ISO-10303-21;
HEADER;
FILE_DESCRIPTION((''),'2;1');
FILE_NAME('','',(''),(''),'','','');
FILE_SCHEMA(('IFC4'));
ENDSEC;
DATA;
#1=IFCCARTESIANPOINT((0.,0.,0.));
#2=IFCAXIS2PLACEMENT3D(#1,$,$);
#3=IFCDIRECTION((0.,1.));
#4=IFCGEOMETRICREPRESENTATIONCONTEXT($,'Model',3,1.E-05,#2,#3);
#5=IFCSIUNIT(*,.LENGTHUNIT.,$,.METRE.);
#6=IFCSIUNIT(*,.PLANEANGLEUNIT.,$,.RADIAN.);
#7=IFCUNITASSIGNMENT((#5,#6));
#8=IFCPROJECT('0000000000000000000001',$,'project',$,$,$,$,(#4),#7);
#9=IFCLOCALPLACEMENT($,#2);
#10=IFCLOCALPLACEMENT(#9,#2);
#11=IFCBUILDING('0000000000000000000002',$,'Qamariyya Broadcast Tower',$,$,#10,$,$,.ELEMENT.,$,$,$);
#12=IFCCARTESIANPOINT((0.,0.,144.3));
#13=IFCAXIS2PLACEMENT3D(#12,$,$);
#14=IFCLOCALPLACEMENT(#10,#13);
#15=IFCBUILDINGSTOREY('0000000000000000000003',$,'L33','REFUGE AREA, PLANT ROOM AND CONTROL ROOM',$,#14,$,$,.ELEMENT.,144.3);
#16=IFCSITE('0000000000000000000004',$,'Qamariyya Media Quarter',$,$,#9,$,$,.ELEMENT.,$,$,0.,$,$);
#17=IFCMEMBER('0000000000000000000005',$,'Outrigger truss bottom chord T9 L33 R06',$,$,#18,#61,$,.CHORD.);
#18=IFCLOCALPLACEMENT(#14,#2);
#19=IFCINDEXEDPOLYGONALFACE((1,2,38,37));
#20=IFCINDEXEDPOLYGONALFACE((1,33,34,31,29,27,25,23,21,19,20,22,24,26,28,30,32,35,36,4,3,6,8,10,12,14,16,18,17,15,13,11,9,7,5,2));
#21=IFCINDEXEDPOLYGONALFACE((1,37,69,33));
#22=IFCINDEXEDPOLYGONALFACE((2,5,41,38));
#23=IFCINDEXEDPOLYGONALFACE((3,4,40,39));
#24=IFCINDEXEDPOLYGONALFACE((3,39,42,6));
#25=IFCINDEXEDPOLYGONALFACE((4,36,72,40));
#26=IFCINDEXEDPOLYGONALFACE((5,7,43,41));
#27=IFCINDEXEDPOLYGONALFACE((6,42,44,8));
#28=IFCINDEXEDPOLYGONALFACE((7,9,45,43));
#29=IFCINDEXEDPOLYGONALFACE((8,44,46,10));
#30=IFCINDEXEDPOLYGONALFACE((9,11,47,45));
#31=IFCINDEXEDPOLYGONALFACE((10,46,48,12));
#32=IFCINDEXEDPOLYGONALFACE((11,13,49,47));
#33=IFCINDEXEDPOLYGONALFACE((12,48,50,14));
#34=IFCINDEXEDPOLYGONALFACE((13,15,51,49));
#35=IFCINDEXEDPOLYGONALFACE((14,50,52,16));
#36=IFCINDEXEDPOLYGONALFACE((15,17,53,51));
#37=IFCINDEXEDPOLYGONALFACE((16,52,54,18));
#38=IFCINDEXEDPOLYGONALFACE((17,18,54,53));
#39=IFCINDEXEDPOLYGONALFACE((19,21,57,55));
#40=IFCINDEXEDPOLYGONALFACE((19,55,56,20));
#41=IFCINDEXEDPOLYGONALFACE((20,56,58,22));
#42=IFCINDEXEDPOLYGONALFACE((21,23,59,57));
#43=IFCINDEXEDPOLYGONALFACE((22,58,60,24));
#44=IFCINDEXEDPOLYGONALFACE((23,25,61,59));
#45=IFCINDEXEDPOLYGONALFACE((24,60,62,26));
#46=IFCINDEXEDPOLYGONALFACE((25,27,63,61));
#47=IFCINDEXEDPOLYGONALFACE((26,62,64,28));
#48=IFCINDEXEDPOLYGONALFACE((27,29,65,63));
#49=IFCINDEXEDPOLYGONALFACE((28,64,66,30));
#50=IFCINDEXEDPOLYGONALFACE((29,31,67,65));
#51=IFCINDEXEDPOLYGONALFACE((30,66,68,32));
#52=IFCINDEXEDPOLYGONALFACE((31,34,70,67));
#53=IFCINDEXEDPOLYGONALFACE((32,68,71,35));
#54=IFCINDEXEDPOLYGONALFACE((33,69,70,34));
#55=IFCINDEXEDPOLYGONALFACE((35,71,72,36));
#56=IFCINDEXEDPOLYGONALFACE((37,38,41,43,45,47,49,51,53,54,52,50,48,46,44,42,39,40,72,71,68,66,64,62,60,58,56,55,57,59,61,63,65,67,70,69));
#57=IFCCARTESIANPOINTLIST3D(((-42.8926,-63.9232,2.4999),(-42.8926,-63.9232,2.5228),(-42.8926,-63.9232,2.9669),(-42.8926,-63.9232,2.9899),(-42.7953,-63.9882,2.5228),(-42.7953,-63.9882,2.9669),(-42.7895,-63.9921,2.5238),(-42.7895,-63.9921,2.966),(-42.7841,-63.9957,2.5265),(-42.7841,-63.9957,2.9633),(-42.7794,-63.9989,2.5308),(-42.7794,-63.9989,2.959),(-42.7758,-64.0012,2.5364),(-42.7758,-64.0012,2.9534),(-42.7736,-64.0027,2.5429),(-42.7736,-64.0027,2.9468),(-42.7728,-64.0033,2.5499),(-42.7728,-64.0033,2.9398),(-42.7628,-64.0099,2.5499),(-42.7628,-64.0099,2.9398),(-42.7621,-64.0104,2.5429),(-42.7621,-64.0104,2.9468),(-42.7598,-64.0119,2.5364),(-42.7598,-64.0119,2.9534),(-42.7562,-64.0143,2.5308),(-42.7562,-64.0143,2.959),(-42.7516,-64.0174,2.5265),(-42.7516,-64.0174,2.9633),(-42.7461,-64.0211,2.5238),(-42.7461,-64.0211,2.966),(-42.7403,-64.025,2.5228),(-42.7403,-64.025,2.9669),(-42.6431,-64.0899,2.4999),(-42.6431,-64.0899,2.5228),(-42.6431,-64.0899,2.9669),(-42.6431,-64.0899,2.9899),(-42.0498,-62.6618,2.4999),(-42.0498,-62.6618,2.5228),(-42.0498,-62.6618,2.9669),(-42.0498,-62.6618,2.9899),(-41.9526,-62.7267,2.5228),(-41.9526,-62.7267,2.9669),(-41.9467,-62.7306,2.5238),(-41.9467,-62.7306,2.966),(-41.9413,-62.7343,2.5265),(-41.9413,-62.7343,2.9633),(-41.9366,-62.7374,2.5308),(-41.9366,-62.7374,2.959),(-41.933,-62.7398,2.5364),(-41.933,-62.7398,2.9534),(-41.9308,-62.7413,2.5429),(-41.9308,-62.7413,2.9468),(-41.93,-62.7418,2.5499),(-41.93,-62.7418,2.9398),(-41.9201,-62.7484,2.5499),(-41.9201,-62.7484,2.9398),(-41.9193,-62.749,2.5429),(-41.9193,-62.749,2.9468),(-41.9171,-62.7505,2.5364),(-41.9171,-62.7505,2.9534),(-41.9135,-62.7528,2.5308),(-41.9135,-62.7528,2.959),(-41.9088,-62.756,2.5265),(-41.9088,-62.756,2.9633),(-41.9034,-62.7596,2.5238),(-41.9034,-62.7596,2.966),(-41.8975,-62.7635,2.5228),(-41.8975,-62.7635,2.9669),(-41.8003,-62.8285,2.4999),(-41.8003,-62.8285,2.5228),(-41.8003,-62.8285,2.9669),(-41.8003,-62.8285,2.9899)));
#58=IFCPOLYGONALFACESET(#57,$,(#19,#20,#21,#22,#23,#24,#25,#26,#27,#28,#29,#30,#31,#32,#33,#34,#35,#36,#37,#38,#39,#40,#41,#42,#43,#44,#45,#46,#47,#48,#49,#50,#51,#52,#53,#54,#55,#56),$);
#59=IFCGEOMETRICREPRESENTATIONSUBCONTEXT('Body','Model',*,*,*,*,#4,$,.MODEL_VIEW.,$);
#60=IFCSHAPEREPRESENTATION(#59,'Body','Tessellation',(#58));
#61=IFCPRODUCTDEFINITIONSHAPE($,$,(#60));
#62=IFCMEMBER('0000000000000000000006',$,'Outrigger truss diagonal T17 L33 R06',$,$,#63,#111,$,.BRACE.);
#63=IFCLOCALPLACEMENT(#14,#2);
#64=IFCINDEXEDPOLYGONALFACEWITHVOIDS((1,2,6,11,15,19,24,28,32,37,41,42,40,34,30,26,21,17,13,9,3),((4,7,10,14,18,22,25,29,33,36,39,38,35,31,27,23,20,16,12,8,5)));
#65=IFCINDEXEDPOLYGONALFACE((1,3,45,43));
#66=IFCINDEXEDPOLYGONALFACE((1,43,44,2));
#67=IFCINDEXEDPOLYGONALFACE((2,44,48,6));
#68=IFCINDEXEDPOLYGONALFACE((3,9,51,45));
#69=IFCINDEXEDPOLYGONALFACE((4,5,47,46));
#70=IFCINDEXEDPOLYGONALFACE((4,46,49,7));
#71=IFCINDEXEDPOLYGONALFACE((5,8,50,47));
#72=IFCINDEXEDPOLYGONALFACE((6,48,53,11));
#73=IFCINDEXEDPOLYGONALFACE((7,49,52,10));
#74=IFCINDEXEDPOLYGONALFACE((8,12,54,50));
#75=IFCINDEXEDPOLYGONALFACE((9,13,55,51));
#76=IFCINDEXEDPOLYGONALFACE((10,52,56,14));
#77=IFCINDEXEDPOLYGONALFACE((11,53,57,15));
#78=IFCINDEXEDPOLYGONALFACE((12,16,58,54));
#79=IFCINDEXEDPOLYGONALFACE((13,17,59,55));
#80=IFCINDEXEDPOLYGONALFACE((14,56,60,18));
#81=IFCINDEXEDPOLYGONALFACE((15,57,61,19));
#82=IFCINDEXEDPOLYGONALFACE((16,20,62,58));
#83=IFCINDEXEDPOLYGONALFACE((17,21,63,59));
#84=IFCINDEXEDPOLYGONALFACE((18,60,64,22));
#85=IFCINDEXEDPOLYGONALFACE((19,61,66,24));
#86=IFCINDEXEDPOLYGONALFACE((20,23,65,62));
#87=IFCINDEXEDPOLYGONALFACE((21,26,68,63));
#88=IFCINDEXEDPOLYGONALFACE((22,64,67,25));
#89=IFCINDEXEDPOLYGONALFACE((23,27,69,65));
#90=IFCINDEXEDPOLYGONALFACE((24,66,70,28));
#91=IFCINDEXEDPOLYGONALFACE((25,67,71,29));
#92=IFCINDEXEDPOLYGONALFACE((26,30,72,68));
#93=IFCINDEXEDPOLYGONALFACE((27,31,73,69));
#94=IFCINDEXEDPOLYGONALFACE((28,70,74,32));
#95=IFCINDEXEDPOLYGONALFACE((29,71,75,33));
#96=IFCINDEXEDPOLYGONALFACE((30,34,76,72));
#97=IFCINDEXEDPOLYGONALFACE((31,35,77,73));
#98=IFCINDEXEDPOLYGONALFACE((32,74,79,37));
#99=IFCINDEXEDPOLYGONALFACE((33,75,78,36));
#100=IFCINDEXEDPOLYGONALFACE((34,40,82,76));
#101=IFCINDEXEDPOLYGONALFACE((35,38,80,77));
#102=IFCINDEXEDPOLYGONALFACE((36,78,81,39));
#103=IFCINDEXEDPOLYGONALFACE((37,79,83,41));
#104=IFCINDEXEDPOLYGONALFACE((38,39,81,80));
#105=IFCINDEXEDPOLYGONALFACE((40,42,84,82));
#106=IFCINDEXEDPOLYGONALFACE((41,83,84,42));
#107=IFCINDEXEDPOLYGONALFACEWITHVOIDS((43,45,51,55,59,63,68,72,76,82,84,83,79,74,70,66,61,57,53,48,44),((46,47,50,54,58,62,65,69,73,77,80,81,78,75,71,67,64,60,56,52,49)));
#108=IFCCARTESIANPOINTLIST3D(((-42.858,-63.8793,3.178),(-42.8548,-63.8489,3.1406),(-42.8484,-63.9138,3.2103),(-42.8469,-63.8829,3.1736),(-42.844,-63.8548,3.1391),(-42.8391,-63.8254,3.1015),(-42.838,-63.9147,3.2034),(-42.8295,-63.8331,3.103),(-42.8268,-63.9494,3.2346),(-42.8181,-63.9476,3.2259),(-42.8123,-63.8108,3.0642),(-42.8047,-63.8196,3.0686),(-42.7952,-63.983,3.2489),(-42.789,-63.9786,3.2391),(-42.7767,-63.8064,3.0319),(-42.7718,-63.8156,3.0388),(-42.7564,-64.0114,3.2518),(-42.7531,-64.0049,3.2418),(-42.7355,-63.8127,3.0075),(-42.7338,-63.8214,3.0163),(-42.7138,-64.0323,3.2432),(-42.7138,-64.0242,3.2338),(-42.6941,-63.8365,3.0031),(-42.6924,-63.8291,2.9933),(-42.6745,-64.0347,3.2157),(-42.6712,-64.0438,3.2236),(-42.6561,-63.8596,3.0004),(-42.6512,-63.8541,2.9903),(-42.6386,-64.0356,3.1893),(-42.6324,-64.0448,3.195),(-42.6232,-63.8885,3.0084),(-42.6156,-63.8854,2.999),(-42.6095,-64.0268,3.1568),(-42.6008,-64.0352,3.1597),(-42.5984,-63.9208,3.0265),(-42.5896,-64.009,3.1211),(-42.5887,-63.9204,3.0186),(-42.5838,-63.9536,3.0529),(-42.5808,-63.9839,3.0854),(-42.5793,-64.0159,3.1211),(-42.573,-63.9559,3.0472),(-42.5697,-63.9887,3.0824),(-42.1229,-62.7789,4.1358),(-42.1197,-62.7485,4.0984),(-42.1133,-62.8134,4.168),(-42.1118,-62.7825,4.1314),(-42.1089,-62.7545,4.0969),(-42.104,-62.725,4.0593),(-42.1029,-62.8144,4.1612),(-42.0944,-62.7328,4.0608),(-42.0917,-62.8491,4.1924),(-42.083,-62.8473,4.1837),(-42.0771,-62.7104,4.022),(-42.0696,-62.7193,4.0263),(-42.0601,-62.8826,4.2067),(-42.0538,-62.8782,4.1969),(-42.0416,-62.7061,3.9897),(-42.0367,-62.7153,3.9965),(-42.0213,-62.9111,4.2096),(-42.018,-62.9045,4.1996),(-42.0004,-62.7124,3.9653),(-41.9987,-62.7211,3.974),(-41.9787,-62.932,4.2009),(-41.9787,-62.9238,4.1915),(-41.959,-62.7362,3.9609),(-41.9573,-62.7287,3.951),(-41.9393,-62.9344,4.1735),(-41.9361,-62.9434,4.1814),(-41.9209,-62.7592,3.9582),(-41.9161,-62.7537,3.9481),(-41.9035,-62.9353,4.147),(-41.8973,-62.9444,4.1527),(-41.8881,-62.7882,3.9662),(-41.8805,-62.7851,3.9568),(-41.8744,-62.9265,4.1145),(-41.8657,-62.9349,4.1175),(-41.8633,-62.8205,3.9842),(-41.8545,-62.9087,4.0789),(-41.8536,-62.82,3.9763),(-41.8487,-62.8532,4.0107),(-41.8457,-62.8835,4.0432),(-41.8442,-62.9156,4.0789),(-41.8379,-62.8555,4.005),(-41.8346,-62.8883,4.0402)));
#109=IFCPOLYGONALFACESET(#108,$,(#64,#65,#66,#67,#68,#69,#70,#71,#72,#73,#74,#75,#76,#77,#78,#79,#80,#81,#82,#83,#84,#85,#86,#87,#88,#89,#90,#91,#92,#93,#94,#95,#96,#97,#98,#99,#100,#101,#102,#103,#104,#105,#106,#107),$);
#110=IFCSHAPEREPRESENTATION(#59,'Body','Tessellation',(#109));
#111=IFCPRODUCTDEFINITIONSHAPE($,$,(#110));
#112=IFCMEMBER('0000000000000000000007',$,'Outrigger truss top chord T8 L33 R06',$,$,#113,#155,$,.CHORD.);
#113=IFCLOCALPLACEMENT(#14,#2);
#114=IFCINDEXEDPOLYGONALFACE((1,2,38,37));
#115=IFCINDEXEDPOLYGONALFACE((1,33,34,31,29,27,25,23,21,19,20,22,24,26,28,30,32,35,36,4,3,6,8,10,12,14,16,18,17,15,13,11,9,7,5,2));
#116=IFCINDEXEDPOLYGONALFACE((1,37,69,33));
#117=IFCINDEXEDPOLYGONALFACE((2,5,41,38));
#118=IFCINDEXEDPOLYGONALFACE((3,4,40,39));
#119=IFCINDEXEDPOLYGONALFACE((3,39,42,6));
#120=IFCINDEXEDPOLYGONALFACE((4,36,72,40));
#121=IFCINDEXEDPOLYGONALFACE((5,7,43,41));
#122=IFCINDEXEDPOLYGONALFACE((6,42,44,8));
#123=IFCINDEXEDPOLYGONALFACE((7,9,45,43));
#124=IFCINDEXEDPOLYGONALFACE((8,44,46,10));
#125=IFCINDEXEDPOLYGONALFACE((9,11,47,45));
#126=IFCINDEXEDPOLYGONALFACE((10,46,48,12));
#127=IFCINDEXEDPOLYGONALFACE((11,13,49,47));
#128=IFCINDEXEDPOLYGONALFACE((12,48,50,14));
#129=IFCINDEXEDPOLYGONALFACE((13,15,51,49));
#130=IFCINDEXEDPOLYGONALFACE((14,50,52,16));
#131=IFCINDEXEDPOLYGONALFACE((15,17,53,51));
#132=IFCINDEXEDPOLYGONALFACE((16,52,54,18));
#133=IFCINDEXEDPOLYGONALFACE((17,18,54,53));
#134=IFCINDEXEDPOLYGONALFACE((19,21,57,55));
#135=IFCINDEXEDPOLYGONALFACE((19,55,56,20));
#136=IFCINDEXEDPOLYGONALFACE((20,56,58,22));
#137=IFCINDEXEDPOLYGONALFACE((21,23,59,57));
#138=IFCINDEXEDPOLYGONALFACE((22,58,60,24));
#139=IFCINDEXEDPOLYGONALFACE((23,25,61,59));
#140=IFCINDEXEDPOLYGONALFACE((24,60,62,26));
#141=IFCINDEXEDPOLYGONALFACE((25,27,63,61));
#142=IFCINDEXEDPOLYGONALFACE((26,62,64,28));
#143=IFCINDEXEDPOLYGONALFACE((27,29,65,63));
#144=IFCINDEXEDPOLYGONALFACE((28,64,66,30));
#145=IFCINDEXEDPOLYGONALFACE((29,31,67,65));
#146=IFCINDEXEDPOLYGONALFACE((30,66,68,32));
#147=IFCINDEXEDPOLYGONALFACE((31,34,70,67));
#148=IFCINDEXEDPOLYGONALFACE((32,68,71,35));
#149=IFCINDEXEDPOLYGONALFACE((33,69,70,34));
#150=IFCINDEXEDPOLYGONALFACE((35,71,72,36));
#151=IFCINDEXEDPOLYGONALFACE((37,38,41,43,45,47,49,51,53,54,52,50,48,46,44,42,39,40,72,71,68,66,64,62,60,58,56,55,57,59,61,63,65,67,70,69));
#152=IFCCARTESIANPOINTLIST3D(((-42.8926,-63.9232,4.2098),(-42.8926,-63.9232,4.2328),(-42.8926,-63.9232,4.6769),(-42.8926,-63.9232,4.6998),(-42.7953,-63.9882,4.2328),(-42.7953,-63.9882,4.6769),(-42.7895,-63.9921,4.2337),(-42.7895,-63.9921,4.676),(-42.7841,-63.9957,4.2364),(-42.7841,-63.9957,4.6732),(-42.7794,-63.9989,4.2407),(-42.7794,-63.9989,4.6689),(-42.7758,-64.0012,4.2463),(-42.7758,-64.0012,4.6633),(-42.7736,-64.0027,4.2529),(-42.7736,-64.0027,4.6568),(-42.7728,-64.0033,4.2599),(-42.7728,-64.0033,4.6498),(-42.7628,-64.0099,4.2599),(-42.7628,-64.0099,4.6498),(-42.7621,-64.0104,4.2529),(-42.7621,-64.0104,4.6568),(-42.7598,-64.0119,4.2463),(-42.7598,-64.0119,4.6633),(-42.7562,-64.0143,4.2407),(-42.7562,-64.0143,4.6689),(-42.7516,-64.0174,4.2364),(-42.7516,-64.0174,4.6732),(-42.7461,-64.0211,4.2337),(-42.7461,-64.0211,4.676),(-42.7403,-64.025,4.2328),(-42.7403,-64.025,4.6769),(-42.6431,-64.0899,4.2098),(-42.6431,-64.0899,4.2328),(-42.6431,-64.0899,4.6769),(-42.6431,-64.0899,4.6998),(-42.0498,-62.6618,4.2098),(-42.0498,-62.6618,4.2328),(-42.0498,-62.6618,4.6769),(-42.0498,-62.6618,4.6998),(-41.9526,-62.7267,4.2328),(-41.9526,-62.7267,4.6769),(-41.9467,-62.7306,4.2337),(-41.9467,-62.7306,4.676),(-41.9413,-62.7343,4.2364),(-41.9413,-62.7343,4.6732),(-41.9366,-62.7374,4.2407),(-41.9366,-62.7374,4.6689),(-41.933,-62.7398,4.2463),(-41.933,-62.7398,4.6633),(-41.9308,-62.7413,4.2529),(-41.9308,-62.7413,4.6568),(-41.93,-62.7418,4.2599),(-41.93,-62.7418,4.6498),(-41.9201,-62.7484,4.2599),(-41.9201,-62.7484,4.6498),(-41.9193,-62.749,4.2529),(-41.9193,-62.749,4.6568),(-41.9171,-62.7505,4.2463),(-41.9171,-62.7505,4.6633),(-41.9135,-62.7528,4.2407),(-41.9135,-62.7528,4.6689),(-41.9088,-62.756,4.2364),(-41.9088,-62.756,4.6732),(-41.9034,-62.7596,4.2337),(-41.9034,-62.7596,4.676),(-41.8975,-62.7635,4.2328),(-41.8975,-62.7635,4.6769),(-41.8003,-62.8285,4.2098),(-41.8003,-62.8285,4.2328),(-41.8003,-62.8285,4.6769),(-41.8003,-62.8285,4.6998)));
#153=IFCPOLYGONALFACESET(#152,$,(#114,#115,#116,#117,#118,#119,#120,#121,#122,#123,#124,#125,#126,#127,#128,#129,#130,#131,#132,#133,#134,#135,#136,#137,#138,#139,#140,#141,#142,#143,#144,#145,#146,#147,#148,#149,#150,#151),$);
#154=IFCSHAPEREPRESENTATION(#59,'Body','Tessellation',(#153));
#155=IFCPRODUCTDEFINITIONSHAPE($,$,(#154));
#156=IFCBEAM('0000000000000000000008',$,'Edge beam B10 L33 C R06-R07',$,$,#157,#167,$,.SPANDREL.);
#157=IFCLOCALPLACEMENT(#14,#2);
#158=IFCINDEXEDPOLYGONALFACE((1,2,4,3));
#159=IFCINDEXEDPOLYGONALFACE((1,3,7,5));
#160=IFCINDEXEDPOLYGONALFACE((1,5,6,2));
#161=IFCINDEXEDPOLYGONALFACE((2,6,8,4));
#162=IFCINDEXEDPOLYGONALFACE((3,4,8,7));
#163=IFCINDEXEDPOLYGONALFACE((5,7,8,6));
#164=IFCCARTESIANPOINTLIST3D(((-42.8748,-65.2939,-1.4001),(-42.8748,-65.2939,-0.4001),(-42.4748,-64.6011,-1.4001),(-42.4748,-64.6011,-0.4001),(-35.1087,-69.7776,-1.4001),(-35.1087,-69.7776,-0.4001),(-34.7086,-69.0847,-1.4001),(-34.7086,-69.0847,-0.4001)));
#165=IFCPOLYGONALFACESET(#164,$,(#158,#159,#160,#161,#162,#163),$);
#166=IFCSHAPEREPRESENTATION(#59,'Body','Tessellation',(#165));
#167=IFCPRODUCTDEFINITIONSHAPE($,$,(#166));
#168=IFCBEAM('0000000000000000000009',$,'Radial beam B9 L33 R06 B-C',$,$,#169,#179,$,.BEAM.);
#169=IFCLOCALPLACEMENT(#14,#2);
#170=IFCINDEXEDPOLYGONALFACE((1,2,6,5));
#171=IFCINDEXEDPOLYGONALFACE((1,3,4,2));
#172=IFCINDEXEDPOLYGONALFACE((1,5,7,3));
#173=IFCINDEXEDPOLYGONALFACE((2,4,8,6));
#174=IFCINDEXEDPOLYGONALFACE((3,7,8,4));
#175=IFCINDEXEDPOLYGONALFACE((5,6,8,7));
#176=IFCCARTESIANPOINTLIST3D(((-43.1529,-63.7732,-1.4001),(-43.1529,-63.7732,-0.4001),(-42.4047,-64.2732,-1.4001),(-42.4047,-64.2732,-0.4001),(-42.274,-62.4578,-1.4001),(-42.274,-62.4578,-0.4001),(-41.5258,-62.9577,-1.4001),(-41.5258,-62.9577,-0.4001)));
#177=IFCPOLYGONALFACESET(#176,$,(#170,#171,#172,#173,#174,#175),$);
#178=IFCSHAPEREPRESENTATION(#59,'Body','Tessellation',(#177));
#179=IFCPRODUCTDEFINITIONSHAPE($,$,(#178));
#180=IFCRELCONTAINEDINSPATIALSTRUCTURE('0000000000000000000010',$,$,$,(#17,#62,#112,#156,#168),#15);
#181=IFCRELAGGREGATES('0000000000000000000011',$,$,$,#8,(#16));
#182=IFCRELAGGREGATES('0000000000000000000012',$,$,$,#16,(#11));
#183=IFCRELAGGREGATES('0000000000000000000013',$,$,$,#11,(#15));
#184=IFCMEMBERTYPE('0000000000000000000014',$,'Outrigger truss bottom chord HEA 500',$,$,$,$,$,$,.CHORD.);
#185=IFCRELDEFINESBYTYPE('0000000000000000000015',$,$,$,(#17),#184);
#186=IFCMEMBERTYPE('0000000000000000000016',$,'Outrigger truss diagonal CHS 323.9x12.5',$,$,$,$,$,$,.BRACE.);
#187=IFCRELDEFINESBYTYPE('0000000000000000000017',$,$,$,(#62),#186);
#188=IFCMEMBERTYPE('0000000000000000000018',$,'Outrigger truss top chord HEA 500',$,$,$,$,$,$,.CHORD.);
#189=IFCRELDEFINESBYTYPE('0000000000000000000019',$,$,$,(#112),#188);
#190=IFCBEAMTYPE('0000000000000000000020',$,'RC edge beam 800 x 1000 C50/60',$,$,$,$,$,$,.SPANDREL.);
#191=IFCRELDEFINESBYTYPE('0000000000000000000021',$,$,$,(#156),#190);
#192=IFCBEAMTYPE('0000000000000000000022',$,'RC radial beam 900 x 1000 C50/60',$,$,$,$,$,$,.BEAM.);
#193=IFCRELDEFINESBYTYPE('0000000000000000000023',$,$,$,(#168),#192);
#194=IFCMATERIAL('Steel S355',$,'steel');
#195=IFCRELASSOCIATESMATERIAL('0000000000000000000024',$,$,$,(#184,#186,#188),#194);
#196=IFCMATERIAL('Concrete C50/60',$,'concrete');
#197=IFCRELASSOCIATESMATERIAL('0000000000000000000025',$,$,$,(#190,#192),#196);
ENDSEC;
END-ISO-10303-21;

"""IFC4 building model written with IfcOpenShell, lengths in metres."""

from ifc_helpers import new_model, si_unit, direction, frame, origin, origin_2d, place, context, subcontext, project, spatial, rectangle, hollow_circle, i_section, extrude, material, material_profile, profile_set, type_object, element, save


model = new_model("IFC4")

# Units and contexts
model_context = context("Model", 3, precision=1e-05, world=origin(), true_north=direction((0.0, 1.0)))
body_context = subcontext(model_context, "Body", "Model", "MODEL_VIEW")
ifc_project = project(units=[si_unit("LENGTHUNIT", "METRE"), si_unit("PLANEANGLEUNIT", "RADIAN")], contexts=[model_context])

# Site, building, storey
site_placement = place(None, origin())
site = spatial("IfcSite", under=ifc_project, at=site_placement, Name="Qamariyya Media Quarter", CompositionType="ELEMENT", RefElevation=0.0)
building_placement = place(site_placement, origin())
building = spatial("IfcBuilding", under=site, at=building_placement, Name="Qamariyya Broadcast Tower", CompositionType="ELEMENT")
storey_placement = place(building_placement, frame((0.0, 0.0, 144.3)))
storey = spatial("IfcBuildingStorey", under=building, at=storey_placement, Name="L33", Description="REFUGE AREA, PLANT ROOM AND CONTROL ROOM", CompositionType="ELEMENT", Elevation=144.3)

# Members
ifc_material_1 = material(Name="Steel S355", Category="steel")
ifc_material_profile_1 = material_profile(ifc_material_1, i_section(OverallWidth=0.3, OverallDepth=0.49, WebThickness=0.012, FlangeThickness=0.0229, FilletRadius=0.0271, at=origin_2d()))
ifc_profile_set_1 = profile_set([ifc_material_profile_1], Name="Steel S355")
member_type_1 = type_object("IfcMemberType", Name="Outrigger truss bottom chord HEA 500", PredefinedType="CHORD", material=ifc_profile_set_1)
member_1_placement = place(storey_placement, frame((-41.925, -62.7451, 2.7449), z_axis=(-0.555517, -0.831505, 0.0), x_axis=(0.831505, -0.555517, 0.0)))
element("IfcMember", 1, at=member_1_placement, inside=storey, type_object=member_type_1, Name="Outrigger truss bottom chord T9 L33 R06", PredefinedType="CHORD", context=body_context, shape_type="SweptSolid", body=[
    extrude(i_section(OverallWidth=0.3, OverallDepth=0.49, WebThickness=0.012, FlangeThickness=0.0229, FilletRadius=0.0271, at=origin_2d()), origin(), (0.0, 0.0, 1.0), 1.5171),
])
ifc_material_profile_2 = material_profile(ifc_material_1, hollow_circle(Radius=0.1619, WallThickness=0.0125, at=origin_2d()))
ifc_profile_set_2 = profile_set([ifc_material_profile_2], Name="Steel S355")
member_type_2 = type_object("IfcMemberType", Name="Outrigger truss diagonal CHS 323.9x12.5", PredefinedType="BRACE", material=ifc_profile_set_2)
member_2_placement = place(storey_placement, frame((-41.9788, -62.8257, 4.0789), z_axis=(-0.450009, -0.673594, -0.586312), x_axis=(0.831511, -0.555509, 0.0)))
element("IfcMember", 2, at=member_2_placement, inside=storey, type_object=member_type_2, Name="Outrigger truss diagonal T17 L33 R06", PredefinedType="BRACE", context=body_context, shape_type="SweptSolid", body=[
    extrude(hollow_circle(Radius=0.1619, WallThickness=0.0125, at=origin_2d()), origin(), (0.0, 0.0, 1.0), 1.6335),
])
ifc_material_profile_3 = material_profile(ifc_material_1, i_section(OverallWidth=0.3, OverallDepth=0.49, WebThickness=0.012, FlangeThickness=0.0229, FilletRadius=0.0271, at=origin_2d()))
ifc_profile_set_3 = profile_set([ifc_material_profile_3], Name="Steel S355")
member_type_3 = type_object("IfcMemberType", Name="Outrigger truss top chord HEA 500", PredefinedType="CHORD", material=ifc_profile_set_3)
member_3_placement = place(storey_placement, frame((-41.925, -62.7451, 4.4548), z_axis=(-0.555517, -0.831505, 0.0), x_axis=(0.831505, -0.555517, 0.0)))
element("IfcMember", 3, at=member_3_placement, inside=storey, type_object=member_type_3, Name="Outrigger truss top chord T8 L33 R06", PredefinedType="CHORD", context=body_context, shape_type="SweptSolid", body=[
    extrude(i_section(OverallWidth=0.3, OverallDepth=0.49, WebThickness=0.012, FlangeThickness=0.0229, FilletRadius=0.0271, at=origin_2d()), origin(), (0.0, 0.0, 1.0), 1.5171),
])

# Beams
ifc_material_2 = material(Name="Concrete C50/60", Category="concrete")
ifc_material_profile_4 = material_profile(ifc_material_2, rectangle(XDim=0.8, YDim=1.0, at=origin_2d()))
ifc_profile_set_4 = profile_set([ifc_material_profile_4], Name="Concrete C50/60")
beam_type_1 = type_object("IfcBeamType", Name="RC edge beam 800 x 1000 C50/60", PredefinedType="SPANDREL", material=ifc_profile_set_4)
beam_1_placement = place(storey_placement, frame((-42.6748, -64.9475, -0.9001), z_axis=(0.866031, -0.49999, 0.0), x_axis=(0.49999, 0.866031, 0.0)))
element("IfcBeam", 4, at=beam_1_placement, inside=storey, type_object=beam_type_1, Name="Edge beam B10 L33 C R06-R07", PredefinedType="SPANDREL", context=body_context, shape_type="SweptSolid", body=[
    extrude(rectangle(XDim=0.8, YDim=1.0, at=origin_2d()), origin(), (0.0, 0.0, 1.0), 8.9675),
])
ifc_material_profile_5 = material_profile(ifc_material_2, rectangle(XDim=0.8999, YDim=1.0, at=origin_2d()))
ifc_profile_set_5 = profile_set([ifc_material_profile_5], Name="Concrete C50/60")
beam_type_2 = type_object("IfcBeamType", Name="RC radial beam 900 x 1000 C50/60", PredefinedType="BEAM", material=ifc_profile_set_5)
beam_2_placement = place(storey_placement, frame((-41.8999, -62.7078, -0.9001), z_axis=(-0.555555, -0.83148, 0.0), x_axis=(0.83148, -0.555555, 0.0)))
element("IfcBeam", 5, at=beam_2_placement, inside=storey, type_object=beam_type_2, Name="Radial beam B9 L33 R06 B-C", PredefinedType="BEAM", context=body_context, shape_type="SweptSolid", body=[
    extrude(rectangle(XDim=0.8999, YDim=1.0, at=origin_2d()), origin(), (0.0, 0.0, 1.0), 1.582),
])

save(model, "model.ifc")
